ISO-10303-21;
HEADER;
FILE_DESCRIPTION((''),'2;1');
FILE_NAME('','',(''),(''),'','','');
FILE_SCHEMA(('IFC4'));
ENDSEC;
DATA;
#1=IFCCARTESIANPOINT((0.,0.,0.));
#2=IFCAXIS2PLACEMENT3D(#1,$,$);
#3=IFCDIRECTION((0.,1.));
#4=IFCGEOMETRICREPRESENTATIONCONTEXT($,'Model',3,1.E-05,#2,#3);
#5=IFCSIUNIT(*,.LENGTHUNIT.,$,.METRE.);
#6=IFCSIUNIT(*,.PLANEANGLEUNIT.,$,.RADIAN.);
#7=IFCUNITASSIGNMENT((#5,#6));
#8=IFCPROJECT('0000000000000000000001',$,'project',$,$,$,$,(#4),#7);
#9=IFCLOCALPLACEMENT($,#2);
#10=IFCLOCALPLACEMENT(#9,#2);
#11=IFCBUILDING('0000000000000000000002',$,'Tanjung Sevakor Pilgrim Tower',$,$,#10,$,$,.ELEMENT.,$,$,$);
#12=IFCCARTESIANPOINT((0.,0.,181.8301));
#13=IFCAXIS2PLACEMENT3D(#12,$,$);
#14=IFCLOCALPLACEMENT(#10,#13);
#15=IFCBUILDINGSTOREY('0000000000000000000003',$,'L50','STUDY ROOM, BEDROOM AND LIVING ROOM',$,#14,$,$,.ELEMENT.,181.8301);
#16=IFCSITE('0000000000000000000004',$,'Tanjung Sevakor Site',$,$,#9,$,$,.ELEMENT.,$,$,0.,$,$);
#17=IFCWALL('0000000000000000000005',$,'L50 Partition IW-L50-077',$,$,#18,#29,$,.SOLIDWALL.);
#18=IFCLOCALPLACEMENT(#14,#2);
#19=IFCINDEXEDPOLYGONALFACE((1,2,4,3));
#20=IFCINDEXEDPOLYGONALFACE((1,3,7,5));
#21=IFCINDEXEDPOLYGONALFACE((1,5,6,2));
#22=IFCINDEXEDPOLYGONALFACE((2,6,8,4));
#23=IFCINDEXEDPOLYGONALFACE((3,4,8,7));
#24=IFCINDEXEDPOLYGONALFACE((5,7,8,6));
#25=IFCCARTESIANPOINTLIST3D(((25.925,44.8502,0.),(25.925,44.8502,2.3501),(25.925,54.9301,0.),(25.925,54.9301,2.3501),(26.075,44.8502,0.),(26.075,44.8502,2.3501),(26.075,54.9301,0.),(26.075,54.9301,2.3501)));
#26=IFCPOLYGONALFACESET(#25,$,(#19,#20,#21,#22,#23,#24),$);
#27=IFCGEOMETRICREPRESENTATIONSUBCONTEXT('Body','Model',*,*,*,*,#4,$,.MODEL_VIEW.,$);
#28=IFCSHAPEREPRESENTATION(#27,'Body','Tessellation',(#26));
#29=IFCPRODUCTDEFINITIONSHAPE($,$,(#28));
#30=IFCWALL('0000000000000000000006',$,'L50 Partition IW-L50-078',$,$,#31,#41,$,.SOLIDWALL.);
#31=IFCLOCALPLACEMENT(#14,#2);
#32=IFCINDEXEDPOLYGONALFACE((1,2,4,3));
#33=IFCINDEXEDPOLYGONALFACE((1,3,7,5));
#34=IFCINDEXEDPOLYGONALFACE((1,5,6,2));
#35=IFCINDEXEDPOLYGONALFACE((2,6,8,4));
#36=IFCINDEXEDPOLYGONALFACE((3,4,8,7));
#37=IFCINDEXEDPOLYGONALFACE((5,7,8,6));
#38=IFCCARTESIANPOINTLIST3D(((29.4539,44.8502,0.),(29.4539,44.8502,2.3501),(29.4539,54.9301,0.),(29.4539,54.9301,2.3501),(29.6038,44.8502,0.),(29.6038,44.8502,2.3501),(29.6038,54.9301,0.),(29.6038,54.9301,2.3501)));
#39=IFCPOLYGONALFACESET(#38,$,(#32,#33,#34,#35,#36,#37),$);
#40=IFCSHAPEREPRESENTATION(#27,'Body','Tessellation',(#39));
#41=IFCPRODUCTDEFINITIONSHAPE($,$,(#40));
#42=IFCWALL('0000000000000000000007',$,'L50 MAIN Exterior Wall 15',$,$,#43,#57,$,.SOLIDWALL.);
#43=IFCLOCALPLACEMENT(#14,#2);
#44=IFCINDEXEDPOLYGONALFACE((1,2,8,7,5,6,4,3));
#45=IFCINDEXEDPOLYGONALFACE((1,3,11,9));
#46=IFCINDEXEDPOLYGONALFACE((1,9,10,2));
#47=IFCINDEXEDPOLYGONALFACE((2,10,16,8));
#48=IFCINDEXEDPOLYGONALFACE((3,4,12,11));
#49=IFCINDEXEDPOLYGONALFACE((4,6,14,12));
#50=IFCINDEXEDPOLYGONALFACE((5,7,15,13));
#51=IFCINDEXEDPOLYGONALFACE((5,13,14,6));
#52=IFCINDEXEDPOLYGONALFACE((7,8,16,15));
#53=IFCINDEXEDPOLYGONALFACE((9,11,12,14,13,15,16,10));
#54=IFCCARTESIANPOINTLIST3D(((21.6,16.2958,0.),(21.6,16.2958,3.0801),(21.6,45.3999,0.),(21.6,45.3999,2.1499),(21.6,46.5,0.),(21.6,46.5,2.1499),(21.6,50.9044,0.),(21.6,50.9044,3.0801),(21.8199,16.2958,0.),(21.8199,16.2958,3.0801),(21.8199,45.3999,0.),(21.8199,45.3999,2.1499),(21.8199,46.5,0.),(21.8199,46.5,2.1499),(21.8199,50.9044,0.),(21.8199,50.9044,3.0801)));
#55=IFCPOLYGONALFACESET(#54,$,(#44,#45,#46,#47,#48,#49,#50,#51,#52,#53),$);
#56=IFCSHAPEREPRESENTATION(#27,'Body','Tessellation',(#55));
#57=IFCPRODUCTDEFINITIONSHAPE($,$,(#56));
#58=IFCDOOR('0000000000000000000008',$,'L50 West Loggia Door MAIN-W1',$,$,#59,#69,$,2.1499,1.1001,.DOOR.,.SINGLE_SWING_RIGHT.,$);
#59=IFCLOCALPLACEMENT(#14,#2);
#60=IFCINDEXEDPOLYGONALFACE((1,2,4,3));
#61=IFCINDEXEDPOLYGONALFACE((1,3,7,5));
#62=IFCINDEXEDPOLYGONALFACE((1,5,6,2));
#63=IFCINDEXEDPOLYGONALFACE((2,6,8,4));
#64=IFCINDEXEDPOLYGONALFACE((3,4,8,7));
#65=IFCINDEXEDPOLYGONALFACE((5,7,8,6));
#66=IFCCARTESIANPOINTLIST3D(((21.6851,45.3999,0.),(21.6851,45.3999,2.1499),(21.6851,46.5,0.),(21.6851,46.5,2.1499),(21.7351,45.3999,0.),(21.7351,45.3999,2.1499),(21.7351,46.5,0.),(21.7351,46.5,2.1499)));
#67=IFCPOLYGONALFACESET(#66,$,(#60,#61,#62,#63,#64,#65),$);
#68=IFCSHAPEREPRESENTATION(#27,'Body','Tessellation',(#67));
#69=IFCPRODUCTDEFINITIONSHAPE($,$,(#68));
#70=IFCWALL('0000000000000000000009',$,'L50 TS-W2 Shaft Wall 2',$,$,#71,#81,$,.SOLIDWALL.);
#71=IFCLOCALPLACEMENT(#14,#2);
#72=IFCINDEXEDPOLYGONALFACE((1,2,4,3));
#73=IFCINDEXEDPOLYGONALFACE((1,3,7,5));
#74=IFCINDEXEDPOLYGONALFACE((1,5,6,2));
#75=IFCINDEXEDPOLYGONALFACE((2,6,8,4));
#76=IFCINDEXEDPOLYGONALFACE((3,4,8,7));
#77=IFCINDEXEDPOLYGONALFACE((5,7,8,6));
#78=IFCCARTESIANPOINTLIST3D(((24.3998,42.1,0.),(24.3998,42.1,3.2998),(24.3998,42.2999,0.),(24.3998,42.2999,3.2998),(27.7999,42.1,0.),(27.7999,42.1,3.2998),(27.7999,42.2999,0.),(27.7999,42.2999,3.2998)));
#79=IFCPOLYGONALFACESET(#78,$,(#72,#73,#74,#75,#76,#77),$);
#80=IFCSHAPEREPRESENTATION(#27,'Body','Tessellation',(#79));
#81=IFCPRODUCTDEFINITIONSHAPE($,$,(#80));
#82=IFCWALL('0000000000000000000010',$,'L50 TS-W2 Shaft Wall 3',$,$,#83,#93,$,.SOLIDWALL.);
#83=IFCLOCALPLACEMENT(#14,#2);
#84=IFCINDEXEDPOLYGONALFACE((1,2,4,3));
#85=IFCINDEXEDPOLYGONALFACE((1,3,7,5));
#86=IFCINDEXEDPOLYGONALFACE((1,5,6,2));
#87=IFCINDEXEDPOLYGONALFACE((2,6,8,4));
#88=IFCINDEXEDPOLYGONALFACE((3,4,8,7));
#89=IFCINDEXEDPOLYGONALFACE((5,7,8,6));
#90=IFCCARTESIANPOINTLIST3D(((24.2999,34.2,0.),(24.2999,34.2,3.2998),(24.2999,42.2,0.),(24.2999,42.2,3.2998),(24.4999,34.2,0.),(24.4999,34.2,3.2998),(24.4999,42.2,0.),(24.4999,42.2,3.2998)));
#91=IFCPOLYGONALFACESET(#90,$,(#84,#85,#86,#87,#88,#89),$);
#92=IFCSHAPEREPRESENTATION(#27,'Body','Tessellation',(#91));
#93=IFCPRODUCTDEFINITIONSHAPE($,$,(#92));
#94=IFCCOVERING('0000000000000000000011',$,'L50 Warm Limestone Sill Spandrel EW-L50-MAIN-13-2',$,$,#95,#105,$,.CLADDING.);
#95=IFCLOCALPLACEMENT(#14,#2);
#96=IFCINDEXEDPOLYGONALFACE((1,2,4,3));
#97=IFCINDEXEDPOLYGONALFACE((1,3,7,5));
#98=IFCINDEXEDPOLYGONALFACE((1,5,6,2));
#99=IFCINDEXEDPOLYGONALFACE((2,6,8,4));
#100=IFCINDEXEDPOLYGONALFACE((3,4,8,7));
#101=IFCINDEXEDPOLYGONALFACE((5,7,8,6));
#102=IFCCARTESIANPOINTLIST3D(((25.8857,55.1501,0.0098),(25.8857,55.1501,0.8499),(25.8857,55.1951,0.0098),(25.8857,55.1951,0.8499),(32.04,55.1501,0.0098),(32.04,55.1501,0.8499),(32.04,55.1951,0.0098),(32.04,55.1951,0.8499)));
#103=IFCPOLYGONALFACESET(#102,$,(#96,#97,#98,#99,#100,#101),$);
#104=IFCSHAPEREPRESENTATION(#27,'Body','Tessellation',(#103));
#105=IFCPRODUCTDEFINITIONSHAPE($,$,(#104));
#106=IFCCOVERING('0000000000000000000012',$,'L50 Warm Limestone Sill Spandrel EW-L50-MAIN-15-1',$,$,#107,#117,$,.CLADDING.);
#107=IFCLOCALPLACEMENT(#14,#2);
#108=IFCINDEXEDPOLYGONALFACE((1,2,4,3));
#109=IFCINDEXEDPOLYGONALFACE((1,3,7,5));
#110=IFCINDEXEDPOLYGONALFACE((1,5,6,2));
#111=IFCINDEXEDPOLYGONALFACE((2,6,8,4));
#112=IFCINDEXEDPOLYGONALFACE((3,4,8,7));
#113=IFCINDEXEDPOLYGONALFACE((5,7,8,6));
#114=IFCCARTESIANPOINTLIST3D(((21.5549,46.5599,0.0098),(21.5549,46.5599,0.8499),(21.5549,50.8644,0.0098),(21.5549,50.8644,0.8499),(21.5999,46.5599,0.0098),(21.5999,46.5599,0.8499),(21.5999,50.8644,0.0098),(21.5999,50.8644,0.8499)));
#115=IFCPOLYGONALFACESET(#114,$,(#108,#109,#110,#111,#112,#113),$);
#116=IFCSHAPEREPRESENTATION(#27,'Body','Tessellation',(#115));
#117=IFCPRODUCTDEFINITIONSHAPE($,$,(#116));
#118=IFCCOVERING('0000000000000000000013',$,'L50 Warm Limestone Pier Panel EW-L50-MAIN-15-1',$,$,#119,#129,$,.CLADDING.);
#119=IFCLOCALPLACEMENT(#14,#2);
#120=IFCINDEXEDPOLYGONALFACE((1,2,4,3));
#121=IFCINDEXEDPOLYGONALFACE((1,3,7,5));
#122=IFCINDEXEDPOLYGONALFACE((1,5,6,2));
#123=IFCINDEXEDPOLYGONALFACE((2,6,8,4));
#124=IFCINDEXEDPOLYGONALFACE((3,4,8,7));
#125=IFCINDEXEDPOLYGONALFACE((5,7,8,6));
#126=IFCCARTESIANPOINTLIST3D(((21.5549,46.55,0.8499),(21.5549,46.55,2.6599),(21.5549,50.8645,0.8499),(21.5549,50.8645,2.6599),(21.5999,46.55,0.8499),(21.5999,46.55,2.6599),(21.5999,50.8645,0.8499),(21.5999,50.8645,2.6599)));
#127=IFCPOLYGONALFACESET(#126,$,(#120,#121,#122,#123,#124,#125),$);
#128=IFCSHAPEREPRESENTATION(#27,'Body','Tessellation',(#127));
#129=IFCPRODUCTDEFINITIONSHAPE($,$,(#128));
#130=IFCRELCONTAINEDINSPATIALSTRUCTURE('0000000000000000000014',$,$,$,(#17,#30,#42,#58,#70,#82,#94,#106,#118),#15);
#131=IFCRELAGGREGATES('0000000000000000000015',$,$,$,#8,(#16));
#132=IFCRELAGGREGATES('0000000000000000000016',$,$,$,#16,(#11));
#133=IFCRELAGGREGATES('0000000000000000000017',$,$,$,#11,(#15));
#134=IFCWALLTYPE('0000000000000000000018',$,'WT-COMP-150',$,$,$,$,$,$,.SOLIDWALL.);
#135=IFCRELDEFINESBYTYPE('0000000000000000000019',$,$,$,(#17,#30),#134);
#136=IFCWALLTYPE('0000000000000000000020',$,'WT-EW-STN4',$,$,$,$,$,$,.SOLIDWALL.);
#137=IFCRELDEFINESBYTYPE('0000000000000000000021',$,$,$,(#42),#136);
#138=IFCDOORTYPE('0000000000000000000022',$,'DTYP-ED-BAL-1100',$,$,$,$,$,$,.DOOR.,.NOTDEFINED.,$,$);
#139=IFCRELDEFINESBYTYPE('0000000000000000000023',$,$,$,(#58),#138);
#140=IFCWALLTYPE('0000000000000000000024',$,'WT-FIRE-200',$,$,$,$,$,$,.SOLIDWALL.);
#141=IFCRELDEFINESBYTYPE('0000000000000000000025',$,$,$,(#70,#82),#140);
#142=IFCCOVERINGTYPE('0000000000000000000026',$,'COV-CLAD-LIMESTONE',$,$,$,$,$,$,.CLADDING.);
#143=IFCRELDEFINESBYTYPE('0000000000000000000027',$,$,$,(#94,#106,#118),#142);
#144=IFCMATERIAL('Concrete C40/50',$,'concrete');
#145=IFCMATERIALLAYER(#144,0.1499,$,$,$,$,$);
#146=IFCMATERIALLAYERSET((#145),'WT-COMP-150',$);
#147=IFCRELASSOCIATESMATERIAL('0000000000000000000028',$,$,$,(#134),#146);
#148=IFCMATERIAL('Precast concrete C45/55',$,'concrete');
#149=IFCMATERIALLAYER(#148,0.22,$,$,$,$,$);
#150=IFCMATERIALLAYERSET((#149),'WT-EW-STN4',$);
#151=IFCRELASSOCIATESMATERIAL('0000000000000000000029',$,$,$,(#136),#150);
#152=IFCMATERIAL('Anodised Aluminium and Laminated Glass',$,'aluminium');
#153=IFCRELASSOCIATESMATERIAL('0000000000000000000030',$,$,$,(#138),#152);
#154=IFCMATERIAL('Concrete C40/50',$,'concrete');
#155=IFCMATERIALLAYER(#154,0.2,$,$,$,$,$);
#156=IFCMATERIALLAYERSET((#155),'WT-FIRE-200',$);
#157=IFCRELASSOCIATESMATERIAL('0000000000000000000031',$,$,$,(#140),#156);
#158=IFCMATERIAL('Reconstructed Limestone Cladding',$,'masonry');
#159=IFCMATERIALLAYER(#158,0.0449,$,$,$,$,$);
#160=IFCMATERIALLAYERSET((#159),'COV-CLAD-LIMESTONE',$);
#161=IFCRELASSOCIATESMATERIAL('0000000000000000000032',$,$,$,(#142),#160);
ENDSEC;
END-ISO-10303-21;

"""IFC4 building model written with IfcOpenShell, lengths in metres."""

from ifc_helpers import new_model, si_unit, direction, frame, frame_2d, origin, origin_2d, place, context, subcontext, project, spatial, rectangle, extrude, material, layer, layer_set, type_object, element, fill, save


model = new_model("IFC4")

# Units and contexts
model_context = context("Model", 3, precision=1e-05, world=origin(), true_north=direction((0.0, 1.0)))
body_context = subcontext(model_context, "Body", "Model", "MODEL_VIEW")
ifc_project = project(units=[si_unit("LENGTHUNIT", "METRE"), si_unit("PLANEANGLEUNIT", "RADIAN")], contexts=[model_context])

# Site, building, storey
site_placement = place(None, origin())
site = spatial("IfcSite", under=ifc_project, at=site_placement, Name="Tanjung Sevakor Site", CompositionType="ELEMENT", RefElevation=0.0)
building_placement = place(site_placement, origin())
building = spatial("IfcBuilding", under=site, at=building_placement, Name="Tanjung Sevakor Pilgrim Tower", CompositionType="ELEMENT")
storey_placement = place(building_placement, frame((0.0, 0.0, 181.8301)))
storey = spatial("IfcBuildingStorey", under=building, at=storey_placement, Name="L50", Description="STUDY ROOM, BEDROOM AND LIVING ROOM", CompositionType="ELEMENT", Elevation=181.8301)

# Walls
ifc_material_1 = material(Name="Concrete C40/50", Category="concrete")
ifc_layer_1 = layer(ifc_material_1, 0.1499)
ifc_layer_set_1 = layer_set([ifc_layer_1], Name="WT-COMP-150")
wall_type_1 = type_object("IfcWallType", Name="WT-COMP-150", PredefinedType="SOLIDWALL", material=ifc_layer_set_1)
for number, where, z_axis, x_axis, name in (
    (1, (26.0, 44.8501, 0.0), (0.0, 0.0, 1.0), (0.0, 1.0, 0.0), "L50 Partition IW-L50-077"),
    (2, (29.5288, 44.8501, 0.0), (0.0, 0.0, 1.0), (0.0, 1.0, 0.0), "L50 Partition IW-L50-078"),
):
    element("IfcWall", number, at=place(storey_placement, frame(where, z_axis=z_axis, x_axis=x_axis)), inside=storey, type_object=wall_type_1, Name=name, PredefinedType="SOLIDWALL", context=body_context, shape_type="SweptSolid", body=[
        extrude(rectangle(XDim=10.0798, YDim=0.1499, at=frame_2d((5.04, 0.0))), origin(), (0.0, 0.0, 1.0), 2.3501),
    ])

# Wall, opening, door
ifc_material_2 = material(Name="Precast concrete C45/55", Category="concrete")
ifc_layer_2 = layer(ifc_material_2, 0.22)
ifc_layer_set_2 = layer_set([ifc_layer_2], Name="WT-EW-STN4")
wall_type_2 = type_object("IfcWallType", Name="WT-EW-STN4", PredefinedType="SOLIDWALL", material=ifc_layer_set_2)
wall_1_placement = place(storey_placement, frame((21.71, 50.9043, 0.0), z_axis=(0.0, 0.0, 1.0), x_axis=(0.0, -1.0, 0.0)))
wall_1 = element("IfcWall", 3, at=wall_1_placement, inside=storey, type_object=wall_type_2, Name="L50 MAIN Exterior Wall 15", PredefinedType="SOLIDWALL", context=body_context, shape_type="SweptSolid", body=[
    extrude(rectangle(XDim=34.6086, YDim=0.22, at=frame_2d((17.3042, 0.0))), origin(), (0.0, 0.0, 1.0), 3.0801),
])
opening_1_placement = place(wall_1_placement, frame((4.4043, 0.0, 0.0)))
opening_1 = element("IfcOpeningElement", 4, at=opening_1_placement, cuts=wall_1, PredefinedType="OPENING", context=body_context, shape_type="SweptSolid", body=[
    extrude(rectangle(XDim=1.1001, YDim=2.1499, at=frame_2d((0.55, 1.075))), frame((0.0, 0.1199, 0.0), z_axis=(0.0, -1.0, 0.0), x_axis=(1.0, 0.0, 0.0)), (0.0, 0.0, 1.0), 0.24),
])
ifc_material_3 = material(Name="Anodised Aluminium and Laminated Glass", Category="aluminium")
door_type_1 = type_object("IfcDoorType", Name="DTYP-ED-BAL-1100", OperationType="NOTDEFINED", PredefinedType="DOOR", material=ifc_material_3)
door_1_placement = place(opening_1_placement, frame((1.1001, 0.0, 0.0), z_axis=(0.0, 0.0, 1.0), x_axis=(-1.0, 0.0, 0.0)))
door_1 = element("IfcDoor", 5, at=door_1_placement, inside=storey, type_object=door_type_1, Name="L50 West Loggia Door MAIN-W1", OperationType="SINGLE_SWING_RIGHT", OverallHeight=2.1499, OverallWidth=1.1001, PredefinedType="DOOR", context=body_context, shape_type="SweptSolid", body=[
    extrude(rectangle(XDim=1.1001, YDim=2.1499, at=frame_2d((0.55, 1.075))), frame((0.0, 0.0249, 0.0), z_axis=(0.0, -1.0, 0.0), x_axis=(1.0, 0.0, 0.0)), (0.0, 0.0, 1.0), 0.05),
])
fill(opening_1, door_1)

# Walls
ifc_material_4 = material(Name="Concrete C40/50", Category="concrete")
ifc_layer_3 = layer(ifc_material_4, 0.2)
ifc_layer_set_3 = layer_set([ifc_layer_3], Name="WT-FIRE-200")
wall_type_3 = type_object("IfcWallType", Name="WT-FIRE-200", PredefinedType="SOLIDWALL", material=ifc_layer_set_3)
wall_2_placement = place(storey_placement, frame((27.8, 42.2, 0.0), z_axis=(0.0, 0.0, 1.0), x_axis=(-1.0, 0.0, 0.0)))
element("IfcWall", 6, at=wall_2_placement, inside=storey, type_object=wall_type_3, Name="L50 TS-W2 Shaft Wall 2", PredefinedType="SOLIDWALL", context=body_context, shape_type="SweptSolid", body=[
    extrude(rectangle(XDim=3.4001, YDim=0.2, at=frame_2d((1.7002, 0.0))), origin(), (0.0, 0.0, 1.0), 3.2998),
])
wall_3_placement = place(storey_placement, frame((24.3999, 42.2, 0.0), z_axis=(0.0, 0.0, 1.0), x_axis=(0.0, -1.0, 0.0)))
element("IfcWall", 7, at=wall_3_placement, inside=storey, type_object=wall_type_3, Name="L50 TS-W2 Shaft Wall 3", PredefinedType="SOLIDWALL", context=body_context, shape_type="SweptSolid", body=[
    extrude(rectangle(XDim=8.0, YDim=0.2, at=frame_2d((4.0, 0.0))), origin(), (0.0, 0.0, 1.0), 3.2998),
])

# Coverings
ifc_material_5 = material(Name="Reconstructed Limestone Cladding", Category="masonry")
ifc_layer_4 = layer(ifc_material_5, 0.0449)
ifc_layer_set_4 = layer_set([ifc_layer_4], Name="COV-CLAD-LIMESTONE")
covering_type = type_object("IfcCoveringType", Name="COV-CLAD-LIMESTONE", PredefinedType="CLADDING", material=ifc_layer_set_4)
covering_1_placement = place(storey_placement, frame((28.9629, 55.1726, 0.0098), z_axis=(0.0, 0.0, 1.0), x_axis=(-1.0, 0.0, 0.0)))
element("IfcCovering", 8, at=covering_1_placement, inside=storey, type_object=covering_type, Name="L50 Warm Limestone Sill Spandrel EW-L50-MAIN-13-2", PredefinedType="CLADDING", context=body_context, shape_type="SweptSolid", body=[
    extrude(rectangle(XDim=6.1543, YDim=0.0449, at=origin_2d()), origin(), (0.0, 0.0, 1.0), 0.8401),
])
covering_2_placement = place(storey_placement, frame((21.5774, 48.7122, 0.0098), z_axis=(0.0, 0.0, 1.0), x_axis=(0.0, -1.0, 0.0)))
element("IfcCovering", 9, at=covering_2_placement, inside=storey, type_object=covering_type, Name="L50 Warm Limestone Sill Spandrel EW-L50-MAIN-15-1", PredefinedType="CLADDING", context=body_context, shape_type="SweptSolid", body=[
    extrude(rectangle(XDim=4.3044, YDim=0.0449, at=origin_2d()), origin(), (0.0, 0.0, 1.0), 0.8401),
])
covering_3_placement = place(storey_placement, frame((21.5774, 48.7073, 0.8499), z_axis=(0.0, 0.0, 1.0), x_axis=(0.0, -1.0, 0.0)))
element("IfcCovering", 10, at=covering_3_placement, inside=storey, type_object=covering_type, Name="L50 Warm Limestone Pier Panel EW-L50-MAIN-15-1", PredefinedType="CLADDING", context=body_context, shape_type="SweptSolid", body=[
    extrude(rectangle(XDim=4.3145, YDim=0.0449, at=origin_2d()), origin(), (0.0, 0.0, 1.0), 1.8101),
])

save(model, "model.ifc")
